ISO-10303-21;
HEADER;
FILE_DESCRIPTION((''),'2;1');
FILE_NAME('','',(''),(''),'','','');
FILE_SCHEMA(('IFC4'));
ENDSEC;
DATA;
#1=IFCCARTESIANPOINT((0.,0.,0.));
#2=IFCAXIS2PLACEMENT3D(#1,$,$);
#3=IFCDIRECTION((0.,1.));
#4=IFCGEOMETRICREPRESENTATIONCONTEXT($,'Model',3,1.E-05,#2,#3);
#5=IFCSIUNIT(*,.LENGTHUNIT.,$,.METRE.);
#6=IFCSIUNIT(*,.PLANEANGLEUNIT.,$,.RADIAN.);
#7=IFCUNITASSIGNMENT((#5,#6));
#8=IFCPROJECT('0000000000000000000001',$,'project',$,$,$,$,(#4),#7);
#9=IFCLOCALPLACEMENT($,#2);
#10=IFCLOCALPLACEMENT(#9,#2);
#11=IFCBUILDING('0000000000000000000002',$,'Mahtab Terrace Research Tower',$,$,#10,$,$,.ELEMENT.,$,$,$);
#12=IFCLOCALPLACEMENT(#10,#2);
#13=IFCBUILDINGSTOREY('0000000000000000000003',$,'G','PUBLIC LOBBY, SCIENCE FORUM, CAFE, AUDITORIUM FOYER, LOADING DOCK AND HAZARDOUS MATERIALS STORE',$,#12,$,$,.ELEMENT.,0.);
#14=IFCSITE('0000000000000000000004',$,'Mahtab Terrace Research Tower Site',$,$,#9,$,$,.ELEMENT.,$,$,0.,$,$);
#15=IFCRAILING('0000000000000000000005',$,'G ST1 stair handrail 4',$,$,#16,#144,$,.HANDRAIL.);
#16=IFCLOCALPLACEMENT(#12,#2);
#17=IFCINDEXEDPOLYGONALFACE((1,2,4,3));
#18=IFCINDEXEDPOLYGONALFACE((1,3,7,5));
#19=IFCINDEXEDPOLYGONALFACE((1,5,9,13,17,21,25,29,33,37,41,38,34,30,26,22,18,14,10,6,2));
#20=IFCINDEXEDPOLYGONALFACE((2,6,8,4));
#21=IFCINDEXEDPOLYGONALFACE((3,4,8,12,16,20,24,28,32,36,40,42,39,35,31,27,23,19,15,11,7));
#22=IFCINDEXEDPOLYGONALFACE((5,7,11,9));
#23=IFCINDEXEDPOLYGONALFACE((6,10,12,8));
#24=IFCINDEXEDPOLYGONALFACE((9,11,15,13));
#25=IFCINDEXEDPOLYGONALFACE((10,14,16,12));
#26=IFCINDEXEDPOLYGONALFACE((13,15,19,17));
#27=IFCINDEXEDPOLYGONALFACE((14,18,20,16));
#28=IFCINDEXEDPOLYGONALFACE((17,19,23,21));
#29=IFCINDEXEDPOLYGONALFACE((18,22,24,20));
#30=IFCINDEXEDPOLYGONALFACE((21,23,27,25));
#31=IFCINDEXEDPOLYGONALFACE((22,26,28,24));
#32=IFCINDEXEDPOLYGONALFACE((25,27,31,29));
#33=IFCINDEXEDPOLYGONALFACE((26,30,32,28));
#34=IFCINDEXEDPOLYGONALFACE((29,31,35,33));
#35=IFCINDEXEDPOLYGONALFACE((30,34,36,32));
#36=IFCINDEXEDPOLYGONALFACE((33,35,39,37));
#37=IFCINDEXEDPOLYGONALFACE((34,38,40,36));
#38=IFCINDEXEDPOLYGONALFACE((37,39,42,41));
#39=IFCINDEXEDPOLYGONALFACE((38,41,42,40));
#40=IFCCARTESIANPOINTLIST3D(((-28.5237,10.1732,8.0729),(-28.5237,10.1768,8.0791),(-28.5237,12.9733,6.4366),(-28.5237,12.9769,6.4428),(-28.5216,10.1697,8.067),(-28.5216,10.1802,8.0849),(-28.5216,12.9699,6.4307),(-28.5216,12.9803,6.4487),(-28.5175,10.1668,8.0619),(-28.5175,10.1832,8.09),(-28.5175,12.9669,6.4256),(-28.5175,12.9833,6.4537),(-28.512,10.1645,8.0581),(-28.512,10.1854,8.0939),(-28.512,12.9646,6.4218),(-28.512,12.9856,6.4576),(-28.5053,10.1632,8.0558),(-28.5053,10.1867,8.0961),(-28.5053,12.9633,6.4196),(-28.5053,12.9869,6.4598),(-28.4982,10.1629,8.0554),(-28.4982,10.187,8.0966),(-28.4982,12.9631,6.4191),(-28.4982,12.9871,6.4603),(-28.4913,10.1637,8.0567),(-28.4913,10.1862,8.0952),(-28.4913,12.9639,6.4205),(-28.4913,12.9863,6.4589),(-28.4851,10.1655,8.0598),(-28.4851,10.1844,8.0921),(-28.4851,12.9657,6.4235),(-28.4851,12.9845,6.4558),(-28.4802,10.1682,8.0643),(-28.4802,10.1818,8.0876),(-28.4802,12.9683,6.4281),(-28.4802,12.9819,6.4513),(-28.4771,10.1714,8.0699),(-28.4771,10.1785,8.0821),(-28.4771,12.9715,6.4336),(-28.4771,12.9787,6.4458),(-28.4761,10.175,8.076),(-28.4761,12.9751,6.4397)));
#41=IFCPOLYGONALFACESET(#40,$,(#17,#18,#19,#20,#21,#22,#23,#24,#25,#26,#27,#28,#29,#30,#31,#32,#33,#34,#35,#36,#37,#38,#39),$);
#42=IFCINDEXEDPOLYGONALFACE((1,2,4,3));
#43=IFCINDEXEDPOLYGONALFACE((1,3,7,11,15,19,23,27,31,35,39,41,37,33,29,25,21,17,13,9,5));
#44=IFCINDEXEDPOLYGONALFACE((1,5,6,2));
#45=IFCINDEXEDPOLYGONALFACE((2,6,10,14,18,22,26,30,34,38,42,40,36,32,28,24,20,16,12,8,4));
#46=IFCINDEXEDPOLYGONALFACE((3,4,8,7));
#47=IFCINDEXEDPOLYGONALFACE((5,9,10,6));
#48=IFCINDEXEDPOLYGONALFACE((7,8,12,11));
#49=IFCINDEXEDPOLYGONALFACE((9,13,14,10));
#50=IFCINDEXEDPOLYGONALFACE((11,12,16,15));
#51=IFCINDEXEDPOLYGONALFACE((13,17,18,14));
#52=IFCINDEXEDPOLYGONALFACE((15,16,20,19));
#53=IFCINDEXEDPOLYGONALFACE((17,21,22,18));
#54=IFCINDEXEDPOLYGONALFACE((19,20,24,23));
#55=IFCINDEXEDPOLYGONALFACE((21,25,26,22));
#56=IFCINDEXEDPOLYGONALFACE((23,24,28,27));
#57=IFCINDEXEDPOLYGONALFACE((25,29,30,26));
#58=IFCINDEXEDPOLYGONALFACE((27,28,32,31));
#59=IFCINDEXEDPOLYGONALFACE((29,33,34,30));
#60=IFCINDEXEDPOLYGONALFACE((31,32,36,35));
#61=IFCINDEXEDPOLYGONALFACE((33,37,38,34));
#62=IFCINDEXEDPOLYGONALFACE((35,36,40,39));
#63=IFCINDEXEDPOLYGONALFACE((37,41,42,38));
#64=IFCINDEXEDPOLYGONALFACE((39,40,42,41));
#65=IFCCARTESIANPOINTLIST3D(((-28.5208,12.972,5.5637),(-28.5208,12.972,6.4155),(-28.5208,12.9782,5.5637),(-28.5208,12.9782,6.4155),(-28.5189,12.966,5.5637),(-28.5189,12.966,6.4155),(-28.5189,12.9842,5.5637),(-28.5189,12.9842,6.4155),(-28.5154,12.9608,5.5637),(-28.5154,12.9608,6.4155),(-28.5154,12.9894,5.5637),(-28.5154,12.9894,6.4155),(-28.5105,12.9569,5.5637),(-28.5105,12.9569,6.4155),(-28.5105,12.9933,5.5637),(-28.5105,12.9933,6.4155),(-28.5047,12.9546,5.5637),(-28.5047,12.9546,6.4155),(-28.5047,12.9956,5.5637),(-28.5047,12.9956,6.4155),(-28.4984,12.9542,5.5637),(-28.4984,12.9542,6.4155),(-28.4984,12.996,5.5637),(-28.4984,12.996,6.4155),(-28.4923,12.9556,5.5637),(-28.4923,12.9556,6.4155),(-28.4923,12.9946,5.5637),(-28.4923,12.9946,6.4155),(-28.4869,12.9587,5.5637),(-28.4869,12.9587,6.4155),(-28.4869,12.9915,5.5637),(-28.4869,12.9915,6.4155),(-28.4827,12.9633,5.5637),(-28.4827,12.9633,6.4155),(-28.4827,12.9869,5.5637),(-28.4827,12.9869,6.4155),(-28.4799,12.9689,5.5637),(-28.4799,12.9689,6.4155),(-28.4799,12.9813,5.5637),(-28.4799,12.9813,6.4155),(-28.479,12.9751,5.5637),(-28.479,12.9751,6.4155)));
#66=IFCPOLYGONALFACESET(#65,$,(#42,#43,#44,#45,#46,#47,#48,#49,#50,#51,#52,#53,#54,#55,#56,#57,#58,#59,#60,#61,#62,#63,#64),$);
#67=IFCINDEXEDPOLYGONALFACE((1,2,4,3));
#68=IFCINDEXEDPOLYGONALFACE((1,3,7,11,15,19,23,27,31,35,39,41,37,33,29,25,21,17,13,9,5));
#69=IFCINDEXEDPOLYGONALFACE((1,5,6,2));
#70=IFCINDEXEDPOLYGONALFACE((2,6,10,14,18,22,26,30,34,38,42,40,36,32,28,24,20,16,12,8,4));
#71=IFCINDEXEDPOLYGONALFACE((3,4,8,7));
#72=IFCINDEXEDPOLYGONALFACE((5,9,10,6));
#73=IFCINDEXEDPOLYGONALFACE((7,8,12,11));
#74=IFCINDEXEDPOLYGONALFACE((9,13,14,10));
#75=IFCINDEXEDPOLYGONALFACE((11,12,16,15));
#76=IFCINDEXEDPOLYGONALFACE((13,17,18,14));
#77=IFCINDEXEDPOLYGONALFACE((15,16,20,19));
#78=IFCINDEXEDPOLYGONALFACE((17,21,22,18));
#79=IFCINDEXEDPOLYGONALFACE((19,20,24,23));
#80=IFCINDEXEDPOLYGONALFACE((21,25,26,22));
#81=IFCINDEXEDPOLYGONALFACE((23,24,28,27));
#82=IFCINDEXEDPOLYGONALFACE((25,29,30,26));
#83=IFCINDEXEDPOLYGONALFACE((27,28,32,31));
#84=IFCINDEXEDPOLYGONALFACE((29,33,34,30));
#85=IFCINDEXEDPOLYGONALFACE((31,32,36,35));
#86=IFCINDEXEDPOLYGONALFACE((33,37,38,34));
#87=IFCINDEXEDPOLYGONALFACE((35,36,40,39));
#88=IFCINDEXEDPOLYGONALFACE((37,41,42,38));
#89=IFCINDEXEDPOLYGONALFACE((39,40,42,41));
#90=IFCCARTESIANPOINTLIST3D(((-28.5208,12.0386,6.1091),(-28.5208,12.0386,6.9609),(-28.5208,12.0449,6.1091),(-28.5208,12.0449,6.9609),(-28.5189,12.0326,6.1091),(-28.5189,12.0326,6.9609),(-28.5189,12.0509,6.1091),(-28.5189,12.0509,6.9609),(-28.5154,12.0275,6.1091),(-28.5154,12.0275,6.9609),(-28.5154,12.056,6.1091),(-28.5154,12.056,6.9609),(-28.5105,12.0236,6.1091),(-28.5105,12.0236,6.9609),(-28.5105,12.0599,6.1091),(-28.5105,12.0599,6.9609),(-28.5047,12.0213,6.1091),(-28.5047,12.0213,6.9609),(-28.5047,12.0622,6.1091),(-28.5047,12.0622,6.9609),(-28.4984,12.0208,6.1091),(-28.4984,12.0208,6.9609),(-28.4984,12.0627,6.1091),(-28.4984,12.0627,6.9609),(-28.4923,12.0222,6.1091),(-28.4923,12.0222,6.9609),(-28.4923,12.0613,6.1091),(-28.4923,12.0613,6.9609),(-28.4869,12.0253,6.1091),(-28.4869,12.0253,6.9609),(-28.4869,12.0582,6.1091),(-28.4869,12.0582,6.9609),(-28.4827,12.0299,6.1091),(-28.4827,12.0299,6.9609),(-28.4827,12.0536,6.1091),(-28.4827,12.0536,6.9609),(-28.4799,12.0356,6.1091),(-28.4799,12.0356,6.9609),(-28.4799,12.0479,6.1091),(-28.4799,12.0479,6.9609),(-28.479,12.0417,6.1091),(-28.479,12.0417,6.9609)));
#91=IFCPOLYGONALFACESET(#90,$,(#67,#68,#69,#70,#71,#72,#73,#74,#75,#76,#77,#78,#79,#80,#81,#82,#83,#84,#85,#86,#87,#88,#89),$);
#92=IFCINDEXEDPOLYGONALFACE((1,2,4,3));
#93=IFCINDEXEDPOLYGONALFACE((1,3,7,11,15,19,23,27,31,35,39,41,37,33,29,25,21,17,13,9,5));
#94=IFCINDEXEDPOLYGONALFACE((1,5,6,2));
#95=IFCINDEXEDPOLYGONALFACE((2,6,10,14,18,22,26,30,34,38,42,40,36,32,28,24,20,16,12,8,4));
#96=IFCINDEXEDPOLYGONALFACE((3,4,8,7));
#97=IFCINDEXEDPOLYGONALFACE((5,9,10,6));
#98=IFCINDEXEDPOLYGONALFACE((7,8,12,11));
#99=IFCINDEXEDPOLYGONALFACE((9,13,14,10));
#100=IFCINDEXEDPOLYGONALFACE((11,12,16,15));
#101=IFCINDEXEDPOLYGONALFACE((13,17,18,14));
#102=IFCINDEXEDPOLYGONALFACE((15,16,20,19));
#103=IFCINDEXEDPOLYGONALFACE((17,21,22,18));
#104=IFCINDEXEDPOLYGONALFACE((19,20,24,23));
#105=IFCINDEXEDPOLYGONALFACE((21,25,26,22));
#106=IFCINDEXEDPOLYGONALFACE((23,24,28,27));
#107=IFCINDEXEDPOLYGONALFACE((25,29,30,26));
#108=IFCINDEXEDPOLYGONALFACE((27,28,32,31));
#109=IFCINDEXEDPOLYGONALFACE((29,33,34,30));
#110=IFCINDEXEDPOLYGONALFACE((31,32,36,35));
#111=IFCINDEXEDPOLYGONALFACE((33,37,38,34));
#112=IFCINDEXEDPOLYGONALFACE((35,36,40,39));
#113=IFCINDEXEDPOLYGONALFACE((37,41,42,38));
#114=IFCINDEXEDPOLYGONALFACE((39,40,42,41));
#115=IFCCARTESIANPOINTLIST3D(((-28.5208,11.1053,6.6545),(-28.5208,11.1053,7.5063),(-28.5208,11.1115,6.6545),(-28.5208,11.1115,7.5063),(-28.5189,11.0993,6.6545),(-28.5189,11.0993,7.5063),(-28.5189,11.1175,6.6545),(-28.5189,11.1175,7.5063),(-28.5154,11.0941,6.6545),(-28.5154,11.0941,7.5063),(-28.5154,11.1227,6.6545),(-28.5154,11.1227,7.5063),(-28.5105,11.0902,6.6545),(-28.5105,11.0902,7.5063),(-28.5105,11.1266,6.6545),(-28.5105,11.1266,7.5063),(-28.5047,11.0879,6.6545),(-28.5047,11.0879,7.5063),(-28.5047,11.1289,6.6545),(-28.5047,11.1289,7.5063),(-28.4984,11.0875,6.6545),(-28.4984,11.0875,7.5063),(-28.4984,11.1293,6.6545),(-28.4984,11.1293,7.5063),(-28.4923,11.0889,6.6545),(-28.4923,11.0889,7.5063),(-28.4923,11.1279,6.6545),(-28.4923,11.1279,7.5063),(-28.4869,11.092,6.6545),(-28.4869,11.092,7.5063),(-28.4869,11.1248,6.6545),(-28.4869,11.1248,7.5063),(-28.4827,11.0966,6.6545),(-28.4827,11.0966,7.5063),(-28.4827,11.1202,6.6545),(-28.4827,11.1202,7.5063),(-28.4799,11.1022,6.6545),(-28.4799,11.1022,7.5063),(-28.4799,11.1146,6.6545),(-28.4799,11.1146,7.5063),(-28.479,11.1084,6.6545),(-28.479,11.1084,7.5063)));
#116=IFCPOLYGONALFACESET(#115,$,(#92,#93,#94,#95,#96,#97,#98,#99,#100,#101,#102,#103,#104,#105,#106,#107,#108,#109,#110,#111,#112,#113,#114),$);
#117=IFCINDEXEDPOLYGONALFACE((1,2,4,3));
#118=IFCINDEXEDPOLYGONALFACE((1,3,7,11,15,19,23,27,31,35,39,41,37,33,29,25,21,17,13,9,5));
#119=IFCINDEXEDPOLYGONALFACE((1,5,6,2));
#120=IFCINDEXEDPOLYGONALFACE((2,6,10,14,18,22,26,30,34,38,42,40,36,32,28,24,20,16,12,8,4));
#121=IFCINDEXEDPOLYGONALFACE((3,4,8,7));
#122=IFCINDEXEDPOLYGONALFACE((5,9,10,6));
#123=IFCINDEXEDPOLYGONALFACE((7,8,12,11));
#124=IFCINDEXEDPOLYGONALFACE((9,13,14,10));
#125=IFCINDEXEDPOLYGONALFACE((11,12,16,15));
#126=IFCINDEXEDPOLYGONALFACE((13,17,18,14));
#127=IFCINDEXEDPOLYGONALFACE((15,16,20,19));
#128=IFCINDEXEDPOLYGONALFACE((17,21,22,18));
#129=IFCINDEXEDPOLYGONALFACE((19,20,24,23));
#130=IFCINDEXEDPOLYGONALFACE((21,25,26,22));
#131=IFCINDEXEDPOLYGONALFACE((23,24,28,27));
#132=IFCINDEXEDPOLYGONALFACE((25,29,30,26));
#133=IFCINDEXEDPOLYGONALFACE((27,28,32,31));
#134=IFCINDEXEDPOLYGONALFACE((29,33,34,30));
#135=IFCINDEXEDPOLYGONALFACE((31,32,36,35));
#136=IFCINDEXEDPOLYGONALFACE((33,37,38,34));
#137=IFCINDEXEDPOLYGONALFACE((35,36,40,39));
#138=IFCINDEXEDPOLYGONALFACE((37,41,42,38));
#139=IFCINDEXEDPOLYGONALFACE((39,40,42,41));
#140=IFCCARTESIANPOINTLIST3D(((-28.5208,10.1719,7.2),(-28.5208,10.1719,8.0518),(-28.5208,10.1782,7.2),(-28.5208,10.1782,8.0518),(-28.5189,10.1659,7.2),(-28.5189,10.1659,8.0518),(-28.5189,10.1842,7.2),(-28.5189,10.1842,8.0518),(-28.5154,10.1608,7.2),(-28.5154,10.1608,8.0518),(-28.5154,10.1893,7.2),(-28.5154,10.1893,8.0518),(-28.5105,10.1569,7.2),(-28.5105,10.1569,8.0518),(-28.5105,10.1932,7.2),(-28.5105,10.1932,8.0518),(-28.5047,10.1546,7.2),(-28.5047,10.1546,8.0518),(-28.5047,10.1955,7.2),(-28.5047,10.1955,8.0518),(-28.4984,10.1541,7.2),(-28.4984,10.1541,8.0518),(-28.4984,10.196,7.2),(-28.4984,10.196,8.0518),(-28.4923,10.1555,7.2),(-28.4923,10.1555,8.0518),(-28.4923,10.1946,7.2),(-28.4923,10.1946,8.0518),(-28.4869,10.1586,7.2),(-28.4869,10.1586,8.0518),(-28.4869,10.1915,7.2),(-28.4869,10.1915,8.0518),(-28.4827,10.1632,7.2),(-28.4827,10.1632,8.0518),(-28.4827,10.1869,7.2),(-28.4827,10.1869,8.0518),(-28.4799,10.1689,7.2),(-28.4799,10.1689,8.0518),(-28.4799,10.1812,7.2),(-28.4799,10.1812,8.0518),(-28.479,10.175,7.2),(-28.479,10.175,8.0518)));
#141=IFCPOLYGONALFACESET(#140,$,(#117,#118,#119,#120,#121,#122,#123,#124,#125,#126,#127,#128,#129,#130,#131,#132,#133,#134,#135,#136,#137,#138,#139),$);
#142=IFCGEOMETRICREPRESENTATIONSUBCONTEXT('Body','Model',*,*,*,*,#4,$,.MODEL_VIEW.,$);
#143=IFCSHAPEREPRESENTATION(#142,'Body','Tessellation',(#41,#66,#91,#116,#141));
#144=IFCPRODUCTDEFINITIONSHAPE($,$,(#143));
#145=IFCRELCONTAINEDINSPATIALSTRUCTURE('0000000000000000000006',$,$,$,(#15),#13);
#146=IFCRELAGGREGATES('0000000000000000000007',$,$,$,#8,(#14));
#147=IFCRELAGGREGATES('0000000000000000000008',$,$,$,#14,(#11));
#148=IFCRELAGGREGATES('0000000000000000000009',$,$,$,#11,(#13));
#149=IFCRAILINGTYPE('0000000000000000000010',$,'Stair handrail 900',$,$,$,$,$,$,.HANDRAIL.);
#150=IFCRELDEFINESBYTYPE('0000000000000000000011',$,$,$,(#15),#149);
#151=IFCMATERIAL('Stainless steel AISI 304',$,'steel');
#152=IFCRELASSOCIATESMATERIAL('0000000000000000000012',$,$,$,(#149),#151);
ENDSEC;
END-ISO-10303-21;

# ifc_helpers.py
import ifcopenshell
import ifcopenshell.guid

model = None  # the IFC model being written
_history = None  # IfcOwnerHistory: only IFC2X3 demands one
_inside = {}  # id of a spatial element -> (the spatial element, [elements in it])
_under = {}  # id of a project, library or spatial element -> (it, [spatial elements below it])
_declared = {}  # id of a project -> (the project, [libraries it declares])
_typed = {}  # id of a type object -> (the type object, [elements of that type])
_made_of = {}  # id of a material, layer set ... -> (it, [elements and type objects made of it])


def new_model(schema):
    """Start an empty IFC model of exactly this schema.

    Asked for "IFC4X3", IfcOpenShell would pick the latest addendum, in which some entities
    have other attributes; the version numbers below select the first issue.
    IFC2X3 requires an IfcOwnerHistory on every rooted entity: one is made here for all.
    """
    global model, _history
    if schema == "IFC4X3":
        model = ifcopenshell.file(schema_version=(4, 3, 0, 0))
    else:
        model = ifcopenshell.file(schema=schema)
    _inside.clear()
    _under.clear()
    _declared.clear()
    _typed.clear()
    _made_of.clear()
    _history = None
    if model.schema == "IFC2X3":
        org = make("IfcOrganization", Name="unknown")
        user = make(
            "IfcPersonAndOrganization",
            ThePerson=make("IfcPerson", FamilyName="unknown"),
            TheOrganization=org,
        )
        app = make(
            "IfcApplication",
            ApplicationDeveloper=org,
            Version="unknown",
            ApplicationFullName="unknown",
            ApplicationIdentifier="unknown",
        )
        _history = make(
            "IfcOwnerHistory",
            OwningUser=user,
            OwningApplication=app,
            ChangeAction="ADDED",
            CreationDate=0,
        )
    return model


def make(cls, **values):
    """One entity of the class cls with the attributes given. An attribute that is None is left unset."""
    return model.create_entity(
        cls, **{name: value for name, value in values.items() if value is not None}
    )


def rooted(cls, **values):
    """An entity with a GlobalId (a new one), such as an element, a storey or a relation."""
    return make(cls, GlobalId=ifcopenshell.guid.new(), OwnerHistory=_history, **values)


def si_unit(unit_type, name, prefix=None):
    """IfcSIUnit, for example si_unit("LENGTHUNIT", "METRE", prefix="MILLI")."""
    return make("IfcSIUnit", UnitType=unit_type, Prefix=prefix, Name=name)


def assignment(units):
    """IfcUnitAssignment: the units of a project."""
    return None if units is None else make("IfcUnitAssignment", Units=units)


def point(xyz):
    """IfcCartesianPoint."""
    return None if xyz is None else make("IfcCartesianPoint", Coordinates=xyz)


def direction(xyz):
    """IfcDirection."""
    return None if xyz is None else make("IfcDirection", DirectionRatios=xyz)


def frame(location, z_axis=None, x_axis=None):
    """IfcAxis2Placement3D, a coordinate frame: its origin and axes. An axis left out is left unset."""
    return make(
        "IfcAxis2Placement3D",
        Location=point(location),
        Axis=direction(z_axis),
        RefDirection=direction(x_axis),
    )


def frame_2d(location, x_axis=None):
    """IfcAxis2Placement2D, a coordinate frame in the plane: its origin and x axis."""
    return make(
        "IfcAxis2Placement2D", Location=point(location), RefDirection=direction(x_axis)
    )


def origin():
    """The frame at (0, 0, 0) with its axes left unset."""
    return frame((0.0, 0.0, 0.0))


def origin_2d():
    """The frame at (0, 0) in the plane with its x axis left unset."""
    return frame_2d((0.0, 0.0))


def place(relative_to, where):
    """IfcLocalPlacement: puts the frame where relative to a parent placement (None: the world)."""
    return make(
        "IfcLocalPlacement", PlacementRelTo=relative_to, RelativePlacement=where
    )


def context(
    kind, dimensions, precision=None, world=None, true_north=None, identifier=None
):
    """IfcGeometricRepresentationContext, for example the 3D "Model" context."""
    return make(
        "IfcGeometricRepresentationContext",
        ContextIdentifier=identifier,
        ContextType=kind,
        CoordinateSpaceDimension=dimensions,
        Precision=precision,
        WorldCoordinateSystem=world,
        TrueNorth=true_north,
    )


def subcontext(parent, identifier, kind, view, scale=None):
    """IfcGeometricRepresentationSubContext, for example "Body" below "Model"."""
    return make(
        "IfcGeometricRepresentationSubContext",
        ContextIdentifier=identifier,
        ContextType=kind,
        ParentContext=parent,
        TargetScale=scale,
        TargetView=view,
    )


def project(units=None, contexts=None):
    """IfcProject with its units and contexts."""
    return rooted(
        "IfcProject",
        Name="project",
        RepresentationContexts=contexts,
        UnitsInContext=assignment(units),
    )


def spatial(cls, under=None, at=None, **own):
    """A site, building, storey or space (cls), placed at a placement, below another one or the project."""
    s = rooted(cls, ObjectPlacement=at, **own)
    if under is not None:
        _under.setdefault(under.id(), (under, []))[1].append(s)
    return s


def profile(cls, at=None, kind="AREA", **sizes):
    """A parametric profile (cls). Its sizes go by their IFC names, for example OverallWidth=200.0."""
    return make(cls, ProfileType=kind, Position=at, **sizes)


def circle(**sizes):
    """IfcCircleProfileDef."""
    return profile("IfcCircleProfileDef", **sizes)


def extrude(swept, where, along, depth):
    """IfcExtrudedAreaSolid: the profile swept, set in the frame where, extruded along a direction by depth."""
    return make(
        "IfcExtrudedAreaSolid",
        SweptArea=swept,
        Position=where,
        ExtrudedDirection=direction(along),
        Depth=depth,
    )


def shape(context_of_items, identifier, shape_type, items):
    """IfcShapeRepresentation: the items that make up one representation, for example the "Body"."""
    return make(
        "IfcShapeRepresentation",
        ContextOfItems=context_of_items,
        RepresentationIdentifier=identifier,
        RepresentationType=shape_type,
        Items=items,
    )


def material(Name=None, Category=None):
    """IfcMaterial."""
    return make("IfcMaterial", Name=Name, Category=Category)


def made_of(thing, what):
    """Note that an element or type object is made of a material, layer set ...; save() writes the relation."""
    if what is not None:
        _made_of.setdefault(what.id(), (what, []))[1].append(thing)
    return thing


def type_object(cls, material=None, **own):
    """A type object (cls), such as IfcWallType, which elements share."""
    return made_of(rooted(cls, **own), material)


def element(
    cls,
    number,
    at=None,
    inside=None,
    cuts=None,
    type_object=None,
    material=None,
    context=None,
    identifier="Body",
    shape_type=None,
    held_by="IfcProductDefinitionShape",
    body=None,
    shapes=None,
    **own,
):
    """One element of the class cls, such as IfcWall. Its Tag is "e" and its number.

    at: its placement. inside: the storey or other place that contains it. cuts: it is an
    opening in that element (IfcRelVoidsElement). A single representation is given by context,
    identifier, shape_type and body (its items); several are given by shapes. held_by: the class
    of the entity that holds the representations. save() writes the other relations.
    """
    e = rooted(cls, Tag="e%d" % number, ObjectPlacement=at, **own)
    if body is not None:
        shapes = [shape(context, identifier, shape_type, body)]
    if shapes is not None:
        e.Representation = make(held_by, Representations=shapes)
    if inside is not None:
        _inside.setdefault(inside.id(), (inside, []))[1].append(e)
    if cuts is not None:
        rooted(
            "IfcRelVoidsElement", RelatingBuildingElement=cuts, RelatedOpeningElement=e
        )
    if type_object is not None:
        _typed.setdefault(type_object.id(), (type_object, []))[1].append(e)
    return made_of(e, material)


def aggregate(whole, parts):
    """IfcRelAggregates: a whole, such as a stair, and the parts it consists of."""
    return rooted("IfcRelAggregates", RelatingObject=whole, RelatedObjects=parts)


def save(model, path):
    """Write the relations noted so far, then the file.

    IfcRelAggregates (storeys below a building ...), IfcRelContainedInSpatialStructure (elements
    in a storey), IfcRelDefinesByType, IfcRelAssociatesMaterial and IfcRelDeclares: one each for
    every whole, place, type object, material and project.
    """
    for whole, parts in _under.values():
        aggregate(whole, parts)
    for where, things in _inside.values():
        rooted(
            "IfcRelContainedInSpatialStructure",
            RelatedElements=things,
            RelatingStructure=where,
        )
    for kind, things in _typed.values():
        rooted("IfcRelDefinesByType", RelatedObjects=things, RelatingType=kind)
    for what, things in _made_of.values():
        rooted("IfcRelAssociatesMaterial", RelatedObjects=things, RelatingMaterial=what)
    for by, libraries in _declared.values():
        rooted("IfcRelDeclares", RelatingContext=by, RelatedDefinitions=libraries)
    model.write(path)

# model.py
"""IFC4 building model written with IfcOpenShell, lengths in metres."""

from ifc_helpers import new_model, si_unit, direction, frame, origin, origin_2d, place, context, subcontext, project, spatial, circle, extrude, material, type_object, element, save


model = new_model("IFC4")

# Units and contexts
model_context = context("Model", 3, precision=1e-05, world=origin(), true_north=direction((0.0, 1.0)))
body_context = subcontext(model_context, "Body", "Model", "MODEL_VIEW")
ifc_project = project(units=[si_unit("LENGTHUNIT", "METRE"), si_unit("PLANEANGLEUNIT", "RADIAN")], contexts=[model_context])

# Site, building, storey
site_placement = place(None, origin())
site = spatial("IfcSite", under=ifc_project, at=site_placement, Name="Mahtab Terrace Research Tower Site", CompositionType="ELEMENT", RefElevation=0.0)
building_placement = place(site_placement, origin())
building = spatial("IfcBuilding", under=site, at=building_placement, Name="Mahtab Terrace Research Tower", CompositionType="ELEMENT")
storey_placement = place(building_placement, origin())
storey = spatial("IfcBuildingStorey", under=building, at=storey_placement, Name="G", Description="PUBLIC LOBBY, SCIENCE FORUM, CAFE, AUDITORIUM FOYER, LOADING DOCK AND HAZARDOUS MATERIALS STORE", CompositionType="ELEMENT", Elevation=0.0)

# Railing
ifc_material_1 = material(Name="Stainless steel AISI 304", Category="steel")
railing_type_1 = type_object("IfcRailingType", Name="Stair handrail 900", PredefinedType="HANDRAIL", material=ifc_material_1)
railing_1_placement = place(storey_placement, frame((-28.5, 12.9751, 5.5637)))
element("IfcRailing", 1, at=railing_1_placement, inside=storey, type_object=railing_type_1, Name="G ST1 stair handrail 4", PredefinedType="HANDRAIL", context=body_context, shape_type="SweptSolid", body=[
    extrude(circle(Radius=0.0239, at=origin_2d()), frame((0.0, 0.0, 0.876), z_axis=(0.0, -0.863394, 0.504531), x_axis=(1.0, 0.0, 0.0)), (0.0, 0.0, 1.0), 3.2432),
    extrude(circle(Radius=0.021, at=origin_2d()), origin(), (0.0, 0.0, 1.0), 0.8518),
    extrude(circle(Radius=0.021, at=origin_2d()), frame((0.0, -0.9333, 0.5454)), (0.0, 0.0, 1.0), 0.8518),
    extrude(circle(Radius=0.021, at=origin_2d()), frame((0.0, -1.8667, 1.0908)), (0.0, 0.0, 1.0), 0.8518),
    extrude(circle(Radius=0.021, at=origin_2d()), frame((0.0, -2.8, 1.6362)), (0.0, 0.0, 1.0), 0.8518),
])

save(model, "model.ifc")
